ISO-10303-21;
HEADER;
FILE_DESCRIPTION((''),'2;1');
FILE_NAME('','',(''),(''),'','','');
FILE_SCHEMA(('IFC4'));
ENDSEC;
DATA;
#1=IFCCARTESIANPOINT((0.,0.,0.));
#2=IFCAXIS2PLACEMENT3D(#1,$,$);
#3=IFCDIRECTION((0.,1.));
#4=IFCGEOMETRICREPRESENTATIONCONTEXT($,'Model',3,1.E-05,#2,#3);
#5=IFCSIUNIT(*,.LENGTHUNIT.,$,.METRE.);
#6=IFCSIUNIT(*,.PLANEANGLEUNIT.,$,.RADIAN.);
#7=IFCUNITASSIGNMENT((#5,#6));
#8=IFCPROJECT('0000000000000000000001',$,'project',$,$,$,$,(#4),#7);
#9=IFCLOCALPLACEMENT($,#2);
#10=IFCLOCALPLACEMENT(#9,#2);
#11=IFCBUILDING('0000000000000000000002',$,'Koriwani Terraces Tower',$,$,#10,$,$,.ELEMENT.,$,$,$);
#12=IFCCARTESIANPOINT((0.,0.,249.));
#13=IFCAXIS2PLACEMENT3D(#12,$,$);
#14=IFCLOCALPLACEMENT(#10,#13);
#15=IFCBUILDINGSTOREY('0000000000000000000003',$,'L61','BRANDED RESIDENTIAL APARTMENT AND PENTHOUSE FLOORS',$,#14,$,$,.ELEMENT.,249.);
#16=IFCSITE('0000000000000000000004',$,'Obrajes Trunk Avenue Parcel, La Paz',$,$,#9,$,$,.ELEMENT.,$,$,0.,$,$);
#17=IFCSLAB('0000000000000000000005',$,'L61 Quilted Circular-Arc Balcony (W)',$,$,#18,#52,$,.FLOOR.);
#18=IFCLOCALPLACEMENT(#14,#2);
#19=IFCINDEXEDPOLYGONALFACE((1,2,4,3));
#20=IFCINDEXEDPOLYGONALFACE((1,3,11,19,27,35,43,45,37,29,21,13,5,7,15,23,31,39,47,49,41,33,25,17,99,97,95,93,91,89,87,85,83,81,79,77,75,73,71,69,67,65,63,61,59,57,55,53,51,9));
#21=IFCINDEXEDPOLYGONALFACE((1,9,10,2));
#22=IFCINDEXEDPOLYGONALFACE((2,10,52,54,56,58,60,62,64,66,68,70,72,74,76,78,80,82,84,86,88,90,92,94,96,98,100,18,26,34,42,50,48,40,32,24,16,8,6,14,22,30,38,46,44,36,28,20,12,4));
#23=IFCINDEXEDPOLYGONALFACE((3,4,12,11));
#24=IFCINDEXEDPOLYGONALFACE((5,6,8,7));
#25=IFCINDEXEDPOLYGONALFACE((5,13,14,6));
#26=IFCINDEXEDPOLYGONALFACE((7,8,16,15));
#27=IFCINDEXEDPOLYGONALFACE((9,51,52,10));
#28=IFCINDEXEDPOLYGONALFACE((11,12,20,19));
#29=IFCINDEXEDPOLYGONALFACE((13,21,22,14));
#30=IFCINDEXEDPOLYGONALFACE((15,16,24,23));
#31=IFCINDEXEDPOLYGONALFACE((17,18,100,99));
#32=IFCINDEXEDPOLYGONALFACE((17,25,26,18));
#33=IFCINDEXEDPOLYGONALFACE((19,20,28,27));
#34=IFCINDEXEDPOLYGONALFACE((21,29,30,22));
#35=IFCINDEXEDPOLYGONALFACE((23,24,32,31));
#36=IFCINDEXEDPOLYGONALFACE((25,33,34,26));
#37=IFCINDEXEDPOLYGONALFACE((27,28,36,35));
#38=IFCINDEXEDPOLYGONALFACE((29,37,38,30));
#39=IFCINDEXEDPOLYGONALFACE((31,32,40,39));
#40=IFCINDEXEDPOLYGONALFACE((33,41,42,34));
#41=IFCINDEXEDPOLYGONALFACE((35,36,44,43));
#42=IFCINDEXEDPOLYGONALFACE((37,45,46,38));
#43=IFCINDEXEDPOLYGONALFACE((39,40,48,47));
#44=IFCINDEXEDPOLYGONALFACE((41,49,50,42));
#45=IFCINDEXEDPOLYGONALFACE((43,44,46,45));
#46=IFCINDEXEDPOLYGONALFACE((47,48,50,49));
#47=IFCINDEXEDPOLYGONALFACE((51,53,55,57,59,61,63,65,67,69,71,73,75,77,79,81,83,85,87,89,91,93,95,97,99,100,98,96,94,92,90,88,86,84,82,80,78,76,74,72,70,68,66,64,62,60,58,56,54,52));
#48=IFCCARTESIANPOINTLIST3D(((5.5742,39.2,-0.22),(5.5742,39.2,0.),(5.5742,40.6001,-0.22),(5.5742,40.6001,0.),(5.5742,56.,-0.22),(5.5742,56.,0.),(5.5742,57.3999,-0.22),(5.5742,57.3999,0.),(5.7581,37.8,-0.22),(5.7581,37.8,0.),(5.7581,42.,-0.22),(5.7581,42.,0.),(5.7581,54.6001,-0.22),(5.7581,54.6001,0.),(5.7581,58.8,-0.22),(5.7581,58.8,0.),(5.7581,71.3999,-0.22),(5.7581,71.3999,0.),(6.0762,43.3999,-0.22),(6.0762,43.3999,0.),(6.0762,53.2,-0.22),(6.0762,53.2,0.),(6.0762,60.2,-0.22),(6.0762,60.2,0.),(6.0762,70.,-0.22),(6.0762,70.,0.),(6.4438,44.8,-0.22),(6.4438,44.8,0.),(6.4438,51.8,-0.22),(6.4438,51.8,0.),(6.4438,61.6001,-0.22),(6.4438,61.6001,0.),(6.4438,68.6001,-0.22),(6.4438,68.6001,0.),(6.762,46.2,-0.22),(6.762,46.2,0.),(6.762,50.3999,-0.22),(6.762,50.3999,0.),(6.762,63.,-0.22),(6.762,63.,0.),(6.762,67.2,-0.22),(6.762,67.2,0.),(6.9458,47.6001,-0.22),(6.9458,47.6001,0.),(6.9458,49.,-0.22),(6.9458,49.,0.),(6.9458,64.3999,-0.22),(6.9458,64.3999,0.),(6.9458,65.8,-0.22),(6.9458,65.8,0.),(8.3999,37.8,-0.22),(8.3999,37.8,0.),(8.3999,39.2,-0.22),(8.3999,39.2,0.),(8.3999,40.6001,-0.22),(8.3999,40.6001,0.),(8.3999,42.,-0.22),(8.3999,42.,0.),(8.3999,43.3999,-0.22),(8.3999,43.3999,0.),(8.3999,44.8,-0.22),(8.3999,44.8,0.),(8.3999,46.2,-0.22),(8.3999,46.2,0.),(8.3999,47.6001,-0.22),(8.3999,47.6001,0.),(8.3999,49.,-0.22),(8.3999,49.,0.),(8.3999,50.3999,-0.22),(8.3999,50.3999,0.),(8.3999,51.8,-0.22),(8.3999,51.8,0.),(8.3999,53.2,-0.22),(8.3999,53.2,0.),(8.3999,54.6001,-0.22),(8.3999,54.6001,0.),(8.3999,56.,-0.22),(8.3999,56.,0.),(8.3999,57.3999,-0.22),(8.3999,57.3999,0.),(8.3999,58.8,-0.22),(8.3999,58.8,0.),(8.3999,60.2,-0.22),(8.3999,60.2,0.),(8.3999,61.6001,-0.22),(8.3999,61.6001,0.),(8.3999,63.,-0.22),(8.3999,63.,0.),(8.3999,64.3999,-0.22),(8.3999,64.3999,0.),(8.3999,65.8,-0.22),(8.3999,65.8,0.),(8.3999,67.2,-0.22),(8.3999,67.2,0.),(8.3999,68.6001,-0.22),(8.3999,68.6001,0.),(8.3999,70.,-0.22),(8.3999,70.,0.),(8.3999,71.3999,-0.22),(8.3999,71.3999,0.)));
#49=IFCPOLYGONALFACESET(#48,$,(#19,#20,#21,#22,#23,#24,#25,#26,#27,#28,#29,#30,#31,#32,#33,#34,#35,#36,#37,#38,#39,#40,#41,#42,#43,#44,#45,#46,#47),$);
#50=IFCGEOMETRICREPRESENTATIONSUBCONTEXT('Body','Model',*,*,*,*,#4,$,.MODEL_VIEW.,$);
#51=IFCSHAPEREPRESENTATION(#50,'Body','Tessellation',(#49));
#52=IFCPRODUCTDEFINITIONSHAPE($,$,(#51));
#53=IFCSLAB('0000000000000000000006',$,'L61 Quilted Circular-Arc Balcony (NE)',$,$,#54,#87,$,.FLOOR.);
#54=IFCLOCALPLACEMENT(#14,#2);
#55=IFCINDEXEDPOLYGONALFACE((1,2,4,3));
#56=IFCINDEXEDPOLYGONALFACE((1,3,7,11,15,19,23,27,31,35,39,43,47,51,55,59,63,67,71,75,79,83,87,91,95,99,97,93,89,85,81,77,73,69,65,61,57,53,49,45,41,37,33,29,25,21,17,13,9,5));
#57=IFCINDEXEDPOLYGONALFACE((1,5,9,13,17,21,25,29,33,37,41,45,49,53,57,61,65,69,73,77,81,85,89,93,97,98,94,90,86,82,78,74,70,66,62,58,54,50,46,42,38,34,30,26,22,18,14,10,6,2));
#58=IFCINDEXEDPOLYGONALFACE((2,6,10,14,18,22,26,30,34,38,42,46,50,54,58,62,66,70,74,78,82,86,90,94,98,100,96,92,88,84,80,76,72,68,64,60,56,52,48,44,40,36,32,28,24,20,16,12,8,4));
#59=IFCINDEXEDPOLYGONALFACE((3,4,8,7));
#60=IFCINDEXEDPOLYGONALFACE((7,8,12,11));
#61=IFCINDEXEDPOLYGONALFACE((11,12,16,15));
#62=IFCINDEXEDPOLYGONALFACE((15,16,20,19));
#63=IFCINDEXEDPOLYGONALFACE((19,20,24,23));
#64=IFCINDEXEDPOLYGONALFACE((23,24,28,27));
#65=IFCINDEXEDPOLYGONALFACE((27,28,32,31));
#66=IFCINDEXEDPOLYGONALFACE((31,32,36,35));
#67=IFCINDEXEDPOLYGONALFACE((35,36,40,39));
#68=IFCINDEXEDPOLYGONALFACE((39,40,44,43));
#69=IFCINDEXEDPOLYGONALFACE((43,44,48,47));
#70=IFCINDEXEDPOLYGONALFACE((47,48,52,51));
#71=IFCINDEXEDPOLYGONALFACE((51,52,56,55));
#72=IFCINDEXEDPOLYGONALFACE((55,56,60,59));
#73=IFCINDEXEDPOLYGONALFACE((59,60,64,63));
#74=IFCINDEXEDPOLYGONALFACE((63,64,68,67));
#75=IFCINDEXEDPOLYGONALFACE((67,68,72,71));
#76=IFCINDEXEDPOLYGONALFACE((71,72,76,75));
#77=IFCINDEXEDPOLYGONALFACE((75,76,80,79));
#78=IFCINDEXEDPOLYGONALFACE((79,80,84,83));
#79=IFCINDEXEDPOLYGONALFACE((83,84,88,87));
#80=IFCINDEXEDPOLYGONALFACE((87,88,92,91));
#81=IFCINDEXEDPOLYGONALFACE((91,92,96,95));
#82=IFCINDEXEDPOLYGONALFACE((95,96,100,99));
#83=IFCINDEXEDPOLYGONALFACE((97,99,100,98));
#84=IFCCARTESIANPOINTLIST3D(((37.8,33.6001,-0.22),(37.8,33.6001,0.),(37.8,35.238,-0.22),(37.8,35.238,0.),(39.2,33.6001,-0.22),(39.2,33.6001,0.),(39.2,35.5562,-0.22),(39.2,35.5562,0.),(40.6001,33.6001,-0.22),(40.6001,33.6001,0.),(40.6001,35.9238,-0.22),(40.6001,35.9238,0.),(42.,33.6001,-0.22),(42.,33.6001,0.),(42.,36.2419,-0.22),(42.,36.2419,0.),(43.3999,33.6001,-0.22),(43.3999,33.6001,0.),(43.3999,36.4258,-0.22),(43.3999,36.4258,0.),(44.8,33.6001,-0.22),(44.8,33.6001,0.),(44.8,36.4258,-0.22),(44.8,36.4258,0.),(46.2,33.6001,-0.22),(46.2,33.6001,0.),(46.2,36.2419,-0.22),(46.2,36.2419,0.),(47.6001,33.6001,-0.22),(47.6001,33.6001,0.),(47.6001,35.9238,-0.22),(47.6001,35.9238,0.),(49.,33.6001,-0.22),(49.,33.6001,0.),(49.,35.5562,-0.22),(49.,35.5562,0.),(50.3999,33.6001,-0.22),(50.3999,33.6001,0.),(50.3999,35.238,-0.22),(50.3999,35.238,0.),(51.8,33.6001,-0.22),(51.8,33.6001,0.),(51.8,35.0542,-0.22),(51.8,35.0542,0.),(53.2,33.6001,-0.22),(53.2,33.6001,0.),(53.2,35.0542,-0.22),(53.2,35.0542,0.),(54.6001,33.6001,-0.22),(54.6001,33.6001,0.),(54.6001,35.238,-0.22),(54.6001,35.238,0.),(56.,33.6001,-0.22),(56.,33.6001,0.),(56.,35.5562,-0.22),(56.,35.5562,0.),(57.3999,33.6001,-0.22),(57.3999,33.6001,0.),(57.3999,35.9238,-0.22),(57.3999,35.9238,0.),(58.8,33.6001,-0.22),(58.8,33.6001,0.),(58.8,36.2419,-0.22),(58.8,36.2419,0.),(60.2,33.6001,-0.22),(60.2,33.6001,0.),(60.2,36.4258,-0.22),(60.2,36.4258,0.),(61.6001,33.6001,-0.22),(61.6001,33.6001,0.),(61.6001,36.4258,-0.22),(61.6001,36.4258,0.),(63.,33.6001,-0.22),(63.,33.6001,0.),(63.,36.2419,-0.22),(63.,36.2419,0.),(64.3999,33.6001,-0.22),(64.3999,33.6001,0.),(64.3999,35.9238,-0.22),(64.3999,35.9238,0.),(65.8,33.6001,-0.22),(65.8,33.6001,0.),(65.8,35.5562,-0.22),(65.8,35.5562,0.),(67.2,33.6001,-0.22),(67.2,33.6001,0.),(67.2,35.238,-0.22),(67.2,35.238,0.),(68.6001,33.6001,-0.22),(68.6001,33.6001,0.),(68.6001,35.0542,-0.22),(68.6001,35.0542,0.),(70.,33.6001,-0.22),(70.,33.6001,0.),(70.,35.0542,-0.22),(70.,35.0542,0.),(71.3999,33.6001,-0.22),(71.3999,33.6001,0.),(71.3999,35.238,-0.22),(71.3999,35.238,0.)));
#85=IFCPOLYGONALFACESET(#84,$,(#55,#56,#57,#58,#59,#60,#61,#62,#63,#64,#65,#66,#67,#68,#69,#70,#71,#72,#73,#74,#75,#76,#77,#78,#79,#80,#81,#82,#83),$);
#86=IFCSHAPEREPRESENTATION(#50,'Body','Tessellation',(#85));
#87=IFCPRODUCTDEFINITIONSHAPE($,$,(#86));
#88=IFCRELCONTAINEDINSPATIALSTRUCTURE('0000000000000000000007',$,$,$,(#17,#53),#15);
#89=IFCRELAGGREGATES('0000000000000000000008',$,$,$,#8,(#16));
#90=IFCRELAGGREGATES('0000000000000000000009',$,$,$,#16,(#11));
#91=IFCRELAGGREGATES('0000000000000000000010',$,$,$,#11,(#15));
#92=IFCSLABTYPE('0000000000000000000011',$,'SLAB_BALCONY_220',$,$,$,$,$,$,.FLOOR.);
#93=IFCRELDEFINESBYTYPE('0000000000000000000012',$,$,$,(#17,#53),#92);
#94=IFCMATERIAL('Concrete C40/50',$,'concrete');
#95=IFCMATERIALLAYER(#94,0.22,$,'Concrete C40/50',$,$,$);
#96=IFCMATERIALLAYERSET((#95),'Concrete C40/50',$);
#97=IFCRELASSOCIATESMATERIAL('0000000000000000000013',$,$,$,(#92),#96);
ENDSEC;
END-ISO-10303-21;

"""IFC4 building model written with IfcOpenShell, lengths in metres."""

from ifc_helpers import new_model, si_unit, direction, frame, origin, place, context, subcontext, project, spatial, polyline, outline, extrude, material, layer, layer_set, type_object, element, save


model = new_model("IFC4")

# Units and contexts
model_context = context("Model", 3, precision=1e-05, world=origin(), true_north=direction((0.0, 1.0)))
body_context = subcontext(model_context, "Body", "Model", "MODEL_VIEW")
ifc_project = project(units=[si_unit("LENGTHUNIT", "METRE"), si_unit("PLANEANGLEUNIT", "RADIAN")], contexts=[model_context])

# Site, building, storey
site_placement = place(None, origin())
site = spatial("IfcSite", under=ifc_project, at=site_placement, Name="Obrajes Trunk Avenue Parcel, La Paz", CompositionType="ELEMENT", RefElevation=0.0)
building_placement = place(site_placement, origin())
building = spatial("IfcBuilding", under=site, at=building_placement, Name="Koriwani Terraces Tower", CompositionType="ELEMENT")
storey_placement = place(building_placement, frame((0.0, 0.0, 249.0)))
storey = spatial("IfcBuildingStorey", under=building, at=storey_placement, Name="L61", Description="BRANDED RESIDENTIAL APARTMENT AND PENTHOUSE FLOORS", CompositionType="ELEMENT", Elevation=249.0)

# Slabs
ifc_material_1 = material(Name="Concrete C40/50", Category="concrete")
ifc_layer_1 = layer(ifc_material_1, 0.22, Name="Concrete C40/50")
ifc_layer_set_1 = layer_set([ifc_layer_1], Name="Concrete C40/50")
slab_type_1 = type_object("IfcSlabType", Name="SLAB_BALCONY_220", PredefinedType="FLOOR", material=ifc_layer_set_1)
slab_1_placement = place(storey_placement, frame((0.0, 0.0, -0.22)))
element("IfcSlab", 1, at=slab_1_placement, inside=storey, type_object=slab_type_1, Name="L61 Quilted Circular-Arc Balcony (W)", PredefinedType="FLOOR", context=body_context, shape_type="SweptSolid", body=[
    extrude(outline(polyline([(8.3999, 37.8), (8.3999, 39.2), (8.3999, 40.6001), (8.3999, 42.0), (8.3999, 43.3999), (8.3999, 44.8), (8.3999, 46.2), (8.3999, 47.6001), (8.3999, 49.0), (8.3999, 50.3999), (8.3999, 51.8), (8.3999, 53.2), (8.3999, 54.6001), (8.3999, 56.0), (8.3999, 57.3999), (8.3999, 58.8), (8.3999, 60.2), (8.3999, 61.6001), (8.3999, 63.0), (8.3999, 64.3999), (8.3999, 65.8), (8.3999, 67.2), (8.3999, 68.6001), (8.3999, 70.0), (8.3999, 71.3999), (5.7581, 71.3999), (6.0762, 70.0), (6.4438, 68.6001), (6.762, 67.2), (6.9458, 65.8), (6.9458, 64.3999), (6.762, 63.0), (6.4438, 61.6001), (6.0762, 60.2), (5.7581, 58.8), (5.5742, 57.3999), (5.5742, 56.0), (5.7581, 54.6001), (6.0762, 53.2), (6.4438, 51.8), (6.762, 50.3999), (6.9458, 49.0), (6.9458, 47.6001), (6.762, 46.2), (6.4438, 44.8), (6.0762, 43.3999), (5.7581, 42.0), (5.5742, 40.6001), (5.5742, 39.2), (5.7581, 37.8), (8.3999, 37.8)])), origin(), (0.0, 0.0, 1.0), 0.22),
])
slab_2_placement = place(storey_placement, frame((0.0, 0.0, -0.22)))
element("IfcSlab", 2, at=slab_2_placement, inside=storey, type_object=slab_type_1, Name="L61 Quilted Circular-Arc Balcony (NE)", PredefinedType="FLOOR", context=body_context, shape_type="SweptSolid", body=[
    extrude(outline(polyline([(71.3999, 33.6001), (70.0, 33.6001), (68.6001, 33.6001), (67.2, 33.6001), (65.8, 33.6001), (64.3999, 33.6001), (63.0, 33.6001), (61.6001, 33.6001), (60.2, 33.6001), (58.8, 33.6001), (57.3999, 33.6001), (56.0, 33.6001), (54.6001, 33.6001), (53.2, 33.6001), (51.8, 33.6001), (50.3999, 33.6001), (49.0, 33.6001), (47.6001, 33.6001), (46.2, 33.6001), (44.8, 33.6001), (43.3999, 33.6001), (42.0, 33.6001), (40.6001, 33.6001), (39.2, 33.6001), (37.8, 33.6001), (37.8, 35.238), (39.2, 35.5562), (40.6001, 35.9238), (42.0, 36.2419), (43.3999, 36.4258), (44.8, 36.4258), (46.2, 36.2419), (47.6001, 35.9238), (49.0, 35.5562), (50.3999, 35.238), (51.8, 35.0542), (53.2, 35.0542), (54.6001, 35.238), (56.0, 35.5562), (57.3999, 35.9238), (58.8, 36.2419), (60.2, 36.4258), (61.6001, 36.4258), (63.0, 36.2419), (64.3999, 35.9238), (65.8, 35.5562), (67.2, 35.238), (68.6001, 35.0542), (70.0, 35.0542), (71.3999, 35.238), (71.3999, 33.6001)])), origin(), (0.0, 0.0, 1.0), 0.22),
])

save(model, "model.ifc")
